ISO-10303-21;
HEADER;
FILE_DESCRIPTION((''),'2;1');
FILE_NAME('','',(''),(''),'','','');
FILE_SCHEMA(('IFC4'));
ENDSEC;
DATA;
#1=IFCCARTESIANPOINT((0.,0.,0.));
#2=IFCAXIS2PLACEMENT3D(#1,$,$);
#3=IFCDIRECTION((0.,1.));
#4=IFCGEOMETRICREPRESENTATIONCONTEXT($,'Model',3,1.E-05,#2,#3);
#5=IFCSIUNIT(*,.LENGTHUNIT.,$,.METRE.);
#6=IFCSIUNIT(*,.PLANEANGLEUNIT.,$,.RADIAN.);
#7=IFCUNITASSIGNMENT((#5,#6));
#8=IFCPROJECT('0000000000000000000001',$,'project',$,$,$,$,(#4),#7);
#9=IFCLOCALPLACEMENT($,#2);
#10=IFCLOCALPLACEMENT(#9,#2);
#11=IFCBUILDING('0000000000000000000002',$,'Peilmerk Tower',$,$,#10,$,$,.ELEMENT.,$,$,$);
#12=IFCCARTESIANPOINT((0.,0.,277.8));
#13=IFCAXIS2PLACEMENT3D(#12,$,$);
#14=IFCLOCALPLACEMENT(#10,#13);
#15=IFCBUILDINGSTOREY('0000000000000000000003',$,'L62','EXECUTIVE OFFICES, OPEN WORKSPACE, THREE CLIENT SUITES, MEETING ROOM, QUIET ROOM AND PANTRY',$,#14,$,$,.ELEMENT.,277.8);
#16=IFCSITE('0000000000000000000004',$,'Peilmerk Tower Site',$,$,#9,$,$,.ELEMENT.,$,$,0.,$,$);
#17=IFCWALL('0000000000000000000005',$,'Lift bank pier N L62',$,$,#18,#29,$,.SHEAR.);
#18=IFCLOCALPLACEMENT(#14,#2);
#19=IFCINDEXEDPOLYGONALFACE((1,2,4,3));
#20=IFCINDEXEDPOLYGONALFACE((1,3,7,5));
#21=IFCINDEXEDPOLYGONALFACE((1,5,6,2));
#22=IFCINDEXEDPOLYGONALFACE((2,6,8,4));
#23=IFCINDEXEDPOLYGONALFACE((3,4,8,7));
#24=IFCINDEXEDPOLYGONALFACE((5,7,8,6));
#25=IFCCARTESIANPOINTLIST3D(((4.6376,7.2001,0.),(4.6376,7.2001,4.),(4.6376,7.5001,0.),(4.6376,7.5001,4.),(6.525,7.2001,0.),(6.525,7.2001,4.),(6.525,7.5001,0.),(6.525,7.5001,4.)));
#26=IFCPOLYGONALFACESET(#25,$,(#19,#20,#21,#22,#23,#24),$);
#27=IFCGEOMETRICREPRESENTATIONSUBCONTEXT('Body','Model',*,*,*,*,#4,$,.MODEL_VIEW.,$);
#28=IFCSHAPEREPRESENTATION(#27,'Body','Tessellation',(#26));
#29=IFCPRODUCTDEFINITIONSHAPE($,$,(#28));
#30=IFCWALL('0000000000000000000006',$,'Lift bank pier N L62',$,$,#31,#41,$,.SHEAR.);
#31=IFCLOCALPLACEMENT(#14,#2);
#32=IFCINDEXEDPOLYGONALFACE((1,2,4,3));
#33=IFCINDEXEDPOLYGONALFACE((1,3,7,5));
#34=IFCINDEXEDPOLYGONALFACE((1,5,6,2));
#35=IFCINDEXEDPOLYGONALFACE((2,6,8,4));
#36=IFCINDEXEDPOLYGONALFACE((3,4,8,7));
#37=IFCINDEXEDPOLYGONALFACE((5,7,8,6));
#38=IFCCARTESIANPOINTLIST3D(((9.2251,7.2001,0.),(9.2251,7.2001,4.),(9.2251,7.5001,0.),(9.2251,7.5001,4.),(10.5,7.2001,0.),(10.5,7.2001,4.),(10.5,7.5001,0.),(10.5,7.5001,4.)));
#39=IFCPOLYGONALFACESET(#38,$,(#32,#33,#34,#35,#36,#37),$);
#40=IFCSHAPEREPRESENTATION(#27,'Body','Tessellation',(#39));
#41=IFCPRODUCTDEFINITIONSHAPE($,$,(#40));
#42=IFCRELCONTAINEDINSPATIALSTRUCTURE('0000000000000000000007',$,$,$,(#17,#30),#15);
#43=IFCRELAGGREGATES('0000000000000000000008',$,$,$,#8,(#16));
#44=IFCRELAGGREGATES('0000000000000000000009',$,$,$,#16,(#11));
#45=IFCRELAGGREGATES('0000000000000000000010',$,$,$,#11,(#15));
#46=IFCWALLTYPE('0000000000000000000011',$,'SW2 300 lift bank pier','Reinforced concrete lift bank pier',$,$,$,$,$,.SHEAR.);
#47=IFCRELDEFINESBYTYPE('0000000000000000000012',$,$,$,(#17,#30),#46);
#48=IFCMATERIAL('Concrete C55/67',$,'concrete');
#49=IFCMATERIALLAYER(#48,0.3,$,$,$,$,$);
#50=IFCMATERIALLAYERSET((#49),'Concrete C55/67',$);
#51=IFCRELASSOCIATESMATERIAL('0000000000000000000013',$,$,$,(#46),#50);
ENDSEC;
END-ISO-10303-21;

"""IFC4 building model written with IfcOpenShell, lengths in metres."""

from ifc_helpers import new_model, si_unit, direction, frame, frame_2d, origin, place, context, subcontext, project, spatial, rectangle, extrude, material, layer, layer_set, type_object, element, save


model = new_model("IFC4")

# Units and contexts
model_context = context("Model", 3, precision=1e-05, world=origin(), true_north=direction((0.0, 1.0)))
body_context = subcontext(model_context, "Body", "Model", "MODEL_VIEW")
ifc_project = project(units=[si_unit("LENGTHUNIT", "METRE"), si_unit("PLANEANGLEUNIT", "RADIAN")], contexts=[model_context])

# Site, building, storey
site_placement = place(None, origin())
site = spatial("IfcSite", under=ifc_project, at=site_placement, Name="Peilmerk Tower Site", CompositionType="ELEMENT", RefElevation=0.0)
building_placement = place(site_placement, origin())
building = spatial("IfcBuilding", under=site, at=building_placement, Name="Peilmerk Tower", CompositionType="ELEMENT")
storey_placement = place(building_placement, frame((0.0, 0.0, 277.8)))
storey = spatial("IfcBuildingStorey", under=building, at=storey_placement, Name="L62", Description="EXECUTIVE OFFICES, OPEN WORKSPACE, THREE CLIENT SUITES, MEETING ROOM, QUIET ROOM AND PANTRY", CompositionType="ELEMENT", Elevation=277.8)

# Shared definitions
ifc_material_1 = material(Name="Concrete C55/67", Category="concrete")

# Walls
ifc_layer_1 = layer(ifc_material_1, 0.3)
ifc_layer_set_1 = layer_set([ifc_layer_1], Name="Concrete C55/67")
wall_type_1 = type_object("IfcWallType", Name="SW2 300 lift bank pier", Description="Reinforced concrete lift bank pier", PredefinedType="SHEAR", material=ifc_layer_set_1)
wall_1_placement = place(storey_placement, frame((4.6375, 7.3501, 0.0), z_axis=(0.0, 0.0, 1.0), x_axis=(1.0, 0.0, 0.0)))
element("IfcWall", 1, at=wall_1_placement, inside=storey, type_object=wall_type_1, Name="Lift bank pier N L62", PredefinedType="SHEAR", context=body_context, shape_type="SweptSolid", body=[
    extrude(rectangle(XDim=1.8875, YDim=0.3, at=frame_2d((0.9438, 0.0))), origin(), (0.0, 0.0, 1.0), 4.0),
])
wall_2_placement = place(storey_placement, frame((9.2251, 7.3501, 0.0), z_axis=(0.0, 0.0, 1.0), x_axis=(1.0, 0.0, 0.0)))
element("IfcWall", 2, at=wall_2_placement, inside=storey, type_object=wall_type_1, Name="Lift bank pier N L62", PredefinedType="SHEAR", context=body_context, shape_type="SweptSolid", body=[
    extrude(rectangle(XDim=1.2749, YDim=0.3, at=frame_2d((0.6375, 0.0))), origin(), (0.0, 0.0, 1.0), 4.0),
])

save(model, "model.ifc")
